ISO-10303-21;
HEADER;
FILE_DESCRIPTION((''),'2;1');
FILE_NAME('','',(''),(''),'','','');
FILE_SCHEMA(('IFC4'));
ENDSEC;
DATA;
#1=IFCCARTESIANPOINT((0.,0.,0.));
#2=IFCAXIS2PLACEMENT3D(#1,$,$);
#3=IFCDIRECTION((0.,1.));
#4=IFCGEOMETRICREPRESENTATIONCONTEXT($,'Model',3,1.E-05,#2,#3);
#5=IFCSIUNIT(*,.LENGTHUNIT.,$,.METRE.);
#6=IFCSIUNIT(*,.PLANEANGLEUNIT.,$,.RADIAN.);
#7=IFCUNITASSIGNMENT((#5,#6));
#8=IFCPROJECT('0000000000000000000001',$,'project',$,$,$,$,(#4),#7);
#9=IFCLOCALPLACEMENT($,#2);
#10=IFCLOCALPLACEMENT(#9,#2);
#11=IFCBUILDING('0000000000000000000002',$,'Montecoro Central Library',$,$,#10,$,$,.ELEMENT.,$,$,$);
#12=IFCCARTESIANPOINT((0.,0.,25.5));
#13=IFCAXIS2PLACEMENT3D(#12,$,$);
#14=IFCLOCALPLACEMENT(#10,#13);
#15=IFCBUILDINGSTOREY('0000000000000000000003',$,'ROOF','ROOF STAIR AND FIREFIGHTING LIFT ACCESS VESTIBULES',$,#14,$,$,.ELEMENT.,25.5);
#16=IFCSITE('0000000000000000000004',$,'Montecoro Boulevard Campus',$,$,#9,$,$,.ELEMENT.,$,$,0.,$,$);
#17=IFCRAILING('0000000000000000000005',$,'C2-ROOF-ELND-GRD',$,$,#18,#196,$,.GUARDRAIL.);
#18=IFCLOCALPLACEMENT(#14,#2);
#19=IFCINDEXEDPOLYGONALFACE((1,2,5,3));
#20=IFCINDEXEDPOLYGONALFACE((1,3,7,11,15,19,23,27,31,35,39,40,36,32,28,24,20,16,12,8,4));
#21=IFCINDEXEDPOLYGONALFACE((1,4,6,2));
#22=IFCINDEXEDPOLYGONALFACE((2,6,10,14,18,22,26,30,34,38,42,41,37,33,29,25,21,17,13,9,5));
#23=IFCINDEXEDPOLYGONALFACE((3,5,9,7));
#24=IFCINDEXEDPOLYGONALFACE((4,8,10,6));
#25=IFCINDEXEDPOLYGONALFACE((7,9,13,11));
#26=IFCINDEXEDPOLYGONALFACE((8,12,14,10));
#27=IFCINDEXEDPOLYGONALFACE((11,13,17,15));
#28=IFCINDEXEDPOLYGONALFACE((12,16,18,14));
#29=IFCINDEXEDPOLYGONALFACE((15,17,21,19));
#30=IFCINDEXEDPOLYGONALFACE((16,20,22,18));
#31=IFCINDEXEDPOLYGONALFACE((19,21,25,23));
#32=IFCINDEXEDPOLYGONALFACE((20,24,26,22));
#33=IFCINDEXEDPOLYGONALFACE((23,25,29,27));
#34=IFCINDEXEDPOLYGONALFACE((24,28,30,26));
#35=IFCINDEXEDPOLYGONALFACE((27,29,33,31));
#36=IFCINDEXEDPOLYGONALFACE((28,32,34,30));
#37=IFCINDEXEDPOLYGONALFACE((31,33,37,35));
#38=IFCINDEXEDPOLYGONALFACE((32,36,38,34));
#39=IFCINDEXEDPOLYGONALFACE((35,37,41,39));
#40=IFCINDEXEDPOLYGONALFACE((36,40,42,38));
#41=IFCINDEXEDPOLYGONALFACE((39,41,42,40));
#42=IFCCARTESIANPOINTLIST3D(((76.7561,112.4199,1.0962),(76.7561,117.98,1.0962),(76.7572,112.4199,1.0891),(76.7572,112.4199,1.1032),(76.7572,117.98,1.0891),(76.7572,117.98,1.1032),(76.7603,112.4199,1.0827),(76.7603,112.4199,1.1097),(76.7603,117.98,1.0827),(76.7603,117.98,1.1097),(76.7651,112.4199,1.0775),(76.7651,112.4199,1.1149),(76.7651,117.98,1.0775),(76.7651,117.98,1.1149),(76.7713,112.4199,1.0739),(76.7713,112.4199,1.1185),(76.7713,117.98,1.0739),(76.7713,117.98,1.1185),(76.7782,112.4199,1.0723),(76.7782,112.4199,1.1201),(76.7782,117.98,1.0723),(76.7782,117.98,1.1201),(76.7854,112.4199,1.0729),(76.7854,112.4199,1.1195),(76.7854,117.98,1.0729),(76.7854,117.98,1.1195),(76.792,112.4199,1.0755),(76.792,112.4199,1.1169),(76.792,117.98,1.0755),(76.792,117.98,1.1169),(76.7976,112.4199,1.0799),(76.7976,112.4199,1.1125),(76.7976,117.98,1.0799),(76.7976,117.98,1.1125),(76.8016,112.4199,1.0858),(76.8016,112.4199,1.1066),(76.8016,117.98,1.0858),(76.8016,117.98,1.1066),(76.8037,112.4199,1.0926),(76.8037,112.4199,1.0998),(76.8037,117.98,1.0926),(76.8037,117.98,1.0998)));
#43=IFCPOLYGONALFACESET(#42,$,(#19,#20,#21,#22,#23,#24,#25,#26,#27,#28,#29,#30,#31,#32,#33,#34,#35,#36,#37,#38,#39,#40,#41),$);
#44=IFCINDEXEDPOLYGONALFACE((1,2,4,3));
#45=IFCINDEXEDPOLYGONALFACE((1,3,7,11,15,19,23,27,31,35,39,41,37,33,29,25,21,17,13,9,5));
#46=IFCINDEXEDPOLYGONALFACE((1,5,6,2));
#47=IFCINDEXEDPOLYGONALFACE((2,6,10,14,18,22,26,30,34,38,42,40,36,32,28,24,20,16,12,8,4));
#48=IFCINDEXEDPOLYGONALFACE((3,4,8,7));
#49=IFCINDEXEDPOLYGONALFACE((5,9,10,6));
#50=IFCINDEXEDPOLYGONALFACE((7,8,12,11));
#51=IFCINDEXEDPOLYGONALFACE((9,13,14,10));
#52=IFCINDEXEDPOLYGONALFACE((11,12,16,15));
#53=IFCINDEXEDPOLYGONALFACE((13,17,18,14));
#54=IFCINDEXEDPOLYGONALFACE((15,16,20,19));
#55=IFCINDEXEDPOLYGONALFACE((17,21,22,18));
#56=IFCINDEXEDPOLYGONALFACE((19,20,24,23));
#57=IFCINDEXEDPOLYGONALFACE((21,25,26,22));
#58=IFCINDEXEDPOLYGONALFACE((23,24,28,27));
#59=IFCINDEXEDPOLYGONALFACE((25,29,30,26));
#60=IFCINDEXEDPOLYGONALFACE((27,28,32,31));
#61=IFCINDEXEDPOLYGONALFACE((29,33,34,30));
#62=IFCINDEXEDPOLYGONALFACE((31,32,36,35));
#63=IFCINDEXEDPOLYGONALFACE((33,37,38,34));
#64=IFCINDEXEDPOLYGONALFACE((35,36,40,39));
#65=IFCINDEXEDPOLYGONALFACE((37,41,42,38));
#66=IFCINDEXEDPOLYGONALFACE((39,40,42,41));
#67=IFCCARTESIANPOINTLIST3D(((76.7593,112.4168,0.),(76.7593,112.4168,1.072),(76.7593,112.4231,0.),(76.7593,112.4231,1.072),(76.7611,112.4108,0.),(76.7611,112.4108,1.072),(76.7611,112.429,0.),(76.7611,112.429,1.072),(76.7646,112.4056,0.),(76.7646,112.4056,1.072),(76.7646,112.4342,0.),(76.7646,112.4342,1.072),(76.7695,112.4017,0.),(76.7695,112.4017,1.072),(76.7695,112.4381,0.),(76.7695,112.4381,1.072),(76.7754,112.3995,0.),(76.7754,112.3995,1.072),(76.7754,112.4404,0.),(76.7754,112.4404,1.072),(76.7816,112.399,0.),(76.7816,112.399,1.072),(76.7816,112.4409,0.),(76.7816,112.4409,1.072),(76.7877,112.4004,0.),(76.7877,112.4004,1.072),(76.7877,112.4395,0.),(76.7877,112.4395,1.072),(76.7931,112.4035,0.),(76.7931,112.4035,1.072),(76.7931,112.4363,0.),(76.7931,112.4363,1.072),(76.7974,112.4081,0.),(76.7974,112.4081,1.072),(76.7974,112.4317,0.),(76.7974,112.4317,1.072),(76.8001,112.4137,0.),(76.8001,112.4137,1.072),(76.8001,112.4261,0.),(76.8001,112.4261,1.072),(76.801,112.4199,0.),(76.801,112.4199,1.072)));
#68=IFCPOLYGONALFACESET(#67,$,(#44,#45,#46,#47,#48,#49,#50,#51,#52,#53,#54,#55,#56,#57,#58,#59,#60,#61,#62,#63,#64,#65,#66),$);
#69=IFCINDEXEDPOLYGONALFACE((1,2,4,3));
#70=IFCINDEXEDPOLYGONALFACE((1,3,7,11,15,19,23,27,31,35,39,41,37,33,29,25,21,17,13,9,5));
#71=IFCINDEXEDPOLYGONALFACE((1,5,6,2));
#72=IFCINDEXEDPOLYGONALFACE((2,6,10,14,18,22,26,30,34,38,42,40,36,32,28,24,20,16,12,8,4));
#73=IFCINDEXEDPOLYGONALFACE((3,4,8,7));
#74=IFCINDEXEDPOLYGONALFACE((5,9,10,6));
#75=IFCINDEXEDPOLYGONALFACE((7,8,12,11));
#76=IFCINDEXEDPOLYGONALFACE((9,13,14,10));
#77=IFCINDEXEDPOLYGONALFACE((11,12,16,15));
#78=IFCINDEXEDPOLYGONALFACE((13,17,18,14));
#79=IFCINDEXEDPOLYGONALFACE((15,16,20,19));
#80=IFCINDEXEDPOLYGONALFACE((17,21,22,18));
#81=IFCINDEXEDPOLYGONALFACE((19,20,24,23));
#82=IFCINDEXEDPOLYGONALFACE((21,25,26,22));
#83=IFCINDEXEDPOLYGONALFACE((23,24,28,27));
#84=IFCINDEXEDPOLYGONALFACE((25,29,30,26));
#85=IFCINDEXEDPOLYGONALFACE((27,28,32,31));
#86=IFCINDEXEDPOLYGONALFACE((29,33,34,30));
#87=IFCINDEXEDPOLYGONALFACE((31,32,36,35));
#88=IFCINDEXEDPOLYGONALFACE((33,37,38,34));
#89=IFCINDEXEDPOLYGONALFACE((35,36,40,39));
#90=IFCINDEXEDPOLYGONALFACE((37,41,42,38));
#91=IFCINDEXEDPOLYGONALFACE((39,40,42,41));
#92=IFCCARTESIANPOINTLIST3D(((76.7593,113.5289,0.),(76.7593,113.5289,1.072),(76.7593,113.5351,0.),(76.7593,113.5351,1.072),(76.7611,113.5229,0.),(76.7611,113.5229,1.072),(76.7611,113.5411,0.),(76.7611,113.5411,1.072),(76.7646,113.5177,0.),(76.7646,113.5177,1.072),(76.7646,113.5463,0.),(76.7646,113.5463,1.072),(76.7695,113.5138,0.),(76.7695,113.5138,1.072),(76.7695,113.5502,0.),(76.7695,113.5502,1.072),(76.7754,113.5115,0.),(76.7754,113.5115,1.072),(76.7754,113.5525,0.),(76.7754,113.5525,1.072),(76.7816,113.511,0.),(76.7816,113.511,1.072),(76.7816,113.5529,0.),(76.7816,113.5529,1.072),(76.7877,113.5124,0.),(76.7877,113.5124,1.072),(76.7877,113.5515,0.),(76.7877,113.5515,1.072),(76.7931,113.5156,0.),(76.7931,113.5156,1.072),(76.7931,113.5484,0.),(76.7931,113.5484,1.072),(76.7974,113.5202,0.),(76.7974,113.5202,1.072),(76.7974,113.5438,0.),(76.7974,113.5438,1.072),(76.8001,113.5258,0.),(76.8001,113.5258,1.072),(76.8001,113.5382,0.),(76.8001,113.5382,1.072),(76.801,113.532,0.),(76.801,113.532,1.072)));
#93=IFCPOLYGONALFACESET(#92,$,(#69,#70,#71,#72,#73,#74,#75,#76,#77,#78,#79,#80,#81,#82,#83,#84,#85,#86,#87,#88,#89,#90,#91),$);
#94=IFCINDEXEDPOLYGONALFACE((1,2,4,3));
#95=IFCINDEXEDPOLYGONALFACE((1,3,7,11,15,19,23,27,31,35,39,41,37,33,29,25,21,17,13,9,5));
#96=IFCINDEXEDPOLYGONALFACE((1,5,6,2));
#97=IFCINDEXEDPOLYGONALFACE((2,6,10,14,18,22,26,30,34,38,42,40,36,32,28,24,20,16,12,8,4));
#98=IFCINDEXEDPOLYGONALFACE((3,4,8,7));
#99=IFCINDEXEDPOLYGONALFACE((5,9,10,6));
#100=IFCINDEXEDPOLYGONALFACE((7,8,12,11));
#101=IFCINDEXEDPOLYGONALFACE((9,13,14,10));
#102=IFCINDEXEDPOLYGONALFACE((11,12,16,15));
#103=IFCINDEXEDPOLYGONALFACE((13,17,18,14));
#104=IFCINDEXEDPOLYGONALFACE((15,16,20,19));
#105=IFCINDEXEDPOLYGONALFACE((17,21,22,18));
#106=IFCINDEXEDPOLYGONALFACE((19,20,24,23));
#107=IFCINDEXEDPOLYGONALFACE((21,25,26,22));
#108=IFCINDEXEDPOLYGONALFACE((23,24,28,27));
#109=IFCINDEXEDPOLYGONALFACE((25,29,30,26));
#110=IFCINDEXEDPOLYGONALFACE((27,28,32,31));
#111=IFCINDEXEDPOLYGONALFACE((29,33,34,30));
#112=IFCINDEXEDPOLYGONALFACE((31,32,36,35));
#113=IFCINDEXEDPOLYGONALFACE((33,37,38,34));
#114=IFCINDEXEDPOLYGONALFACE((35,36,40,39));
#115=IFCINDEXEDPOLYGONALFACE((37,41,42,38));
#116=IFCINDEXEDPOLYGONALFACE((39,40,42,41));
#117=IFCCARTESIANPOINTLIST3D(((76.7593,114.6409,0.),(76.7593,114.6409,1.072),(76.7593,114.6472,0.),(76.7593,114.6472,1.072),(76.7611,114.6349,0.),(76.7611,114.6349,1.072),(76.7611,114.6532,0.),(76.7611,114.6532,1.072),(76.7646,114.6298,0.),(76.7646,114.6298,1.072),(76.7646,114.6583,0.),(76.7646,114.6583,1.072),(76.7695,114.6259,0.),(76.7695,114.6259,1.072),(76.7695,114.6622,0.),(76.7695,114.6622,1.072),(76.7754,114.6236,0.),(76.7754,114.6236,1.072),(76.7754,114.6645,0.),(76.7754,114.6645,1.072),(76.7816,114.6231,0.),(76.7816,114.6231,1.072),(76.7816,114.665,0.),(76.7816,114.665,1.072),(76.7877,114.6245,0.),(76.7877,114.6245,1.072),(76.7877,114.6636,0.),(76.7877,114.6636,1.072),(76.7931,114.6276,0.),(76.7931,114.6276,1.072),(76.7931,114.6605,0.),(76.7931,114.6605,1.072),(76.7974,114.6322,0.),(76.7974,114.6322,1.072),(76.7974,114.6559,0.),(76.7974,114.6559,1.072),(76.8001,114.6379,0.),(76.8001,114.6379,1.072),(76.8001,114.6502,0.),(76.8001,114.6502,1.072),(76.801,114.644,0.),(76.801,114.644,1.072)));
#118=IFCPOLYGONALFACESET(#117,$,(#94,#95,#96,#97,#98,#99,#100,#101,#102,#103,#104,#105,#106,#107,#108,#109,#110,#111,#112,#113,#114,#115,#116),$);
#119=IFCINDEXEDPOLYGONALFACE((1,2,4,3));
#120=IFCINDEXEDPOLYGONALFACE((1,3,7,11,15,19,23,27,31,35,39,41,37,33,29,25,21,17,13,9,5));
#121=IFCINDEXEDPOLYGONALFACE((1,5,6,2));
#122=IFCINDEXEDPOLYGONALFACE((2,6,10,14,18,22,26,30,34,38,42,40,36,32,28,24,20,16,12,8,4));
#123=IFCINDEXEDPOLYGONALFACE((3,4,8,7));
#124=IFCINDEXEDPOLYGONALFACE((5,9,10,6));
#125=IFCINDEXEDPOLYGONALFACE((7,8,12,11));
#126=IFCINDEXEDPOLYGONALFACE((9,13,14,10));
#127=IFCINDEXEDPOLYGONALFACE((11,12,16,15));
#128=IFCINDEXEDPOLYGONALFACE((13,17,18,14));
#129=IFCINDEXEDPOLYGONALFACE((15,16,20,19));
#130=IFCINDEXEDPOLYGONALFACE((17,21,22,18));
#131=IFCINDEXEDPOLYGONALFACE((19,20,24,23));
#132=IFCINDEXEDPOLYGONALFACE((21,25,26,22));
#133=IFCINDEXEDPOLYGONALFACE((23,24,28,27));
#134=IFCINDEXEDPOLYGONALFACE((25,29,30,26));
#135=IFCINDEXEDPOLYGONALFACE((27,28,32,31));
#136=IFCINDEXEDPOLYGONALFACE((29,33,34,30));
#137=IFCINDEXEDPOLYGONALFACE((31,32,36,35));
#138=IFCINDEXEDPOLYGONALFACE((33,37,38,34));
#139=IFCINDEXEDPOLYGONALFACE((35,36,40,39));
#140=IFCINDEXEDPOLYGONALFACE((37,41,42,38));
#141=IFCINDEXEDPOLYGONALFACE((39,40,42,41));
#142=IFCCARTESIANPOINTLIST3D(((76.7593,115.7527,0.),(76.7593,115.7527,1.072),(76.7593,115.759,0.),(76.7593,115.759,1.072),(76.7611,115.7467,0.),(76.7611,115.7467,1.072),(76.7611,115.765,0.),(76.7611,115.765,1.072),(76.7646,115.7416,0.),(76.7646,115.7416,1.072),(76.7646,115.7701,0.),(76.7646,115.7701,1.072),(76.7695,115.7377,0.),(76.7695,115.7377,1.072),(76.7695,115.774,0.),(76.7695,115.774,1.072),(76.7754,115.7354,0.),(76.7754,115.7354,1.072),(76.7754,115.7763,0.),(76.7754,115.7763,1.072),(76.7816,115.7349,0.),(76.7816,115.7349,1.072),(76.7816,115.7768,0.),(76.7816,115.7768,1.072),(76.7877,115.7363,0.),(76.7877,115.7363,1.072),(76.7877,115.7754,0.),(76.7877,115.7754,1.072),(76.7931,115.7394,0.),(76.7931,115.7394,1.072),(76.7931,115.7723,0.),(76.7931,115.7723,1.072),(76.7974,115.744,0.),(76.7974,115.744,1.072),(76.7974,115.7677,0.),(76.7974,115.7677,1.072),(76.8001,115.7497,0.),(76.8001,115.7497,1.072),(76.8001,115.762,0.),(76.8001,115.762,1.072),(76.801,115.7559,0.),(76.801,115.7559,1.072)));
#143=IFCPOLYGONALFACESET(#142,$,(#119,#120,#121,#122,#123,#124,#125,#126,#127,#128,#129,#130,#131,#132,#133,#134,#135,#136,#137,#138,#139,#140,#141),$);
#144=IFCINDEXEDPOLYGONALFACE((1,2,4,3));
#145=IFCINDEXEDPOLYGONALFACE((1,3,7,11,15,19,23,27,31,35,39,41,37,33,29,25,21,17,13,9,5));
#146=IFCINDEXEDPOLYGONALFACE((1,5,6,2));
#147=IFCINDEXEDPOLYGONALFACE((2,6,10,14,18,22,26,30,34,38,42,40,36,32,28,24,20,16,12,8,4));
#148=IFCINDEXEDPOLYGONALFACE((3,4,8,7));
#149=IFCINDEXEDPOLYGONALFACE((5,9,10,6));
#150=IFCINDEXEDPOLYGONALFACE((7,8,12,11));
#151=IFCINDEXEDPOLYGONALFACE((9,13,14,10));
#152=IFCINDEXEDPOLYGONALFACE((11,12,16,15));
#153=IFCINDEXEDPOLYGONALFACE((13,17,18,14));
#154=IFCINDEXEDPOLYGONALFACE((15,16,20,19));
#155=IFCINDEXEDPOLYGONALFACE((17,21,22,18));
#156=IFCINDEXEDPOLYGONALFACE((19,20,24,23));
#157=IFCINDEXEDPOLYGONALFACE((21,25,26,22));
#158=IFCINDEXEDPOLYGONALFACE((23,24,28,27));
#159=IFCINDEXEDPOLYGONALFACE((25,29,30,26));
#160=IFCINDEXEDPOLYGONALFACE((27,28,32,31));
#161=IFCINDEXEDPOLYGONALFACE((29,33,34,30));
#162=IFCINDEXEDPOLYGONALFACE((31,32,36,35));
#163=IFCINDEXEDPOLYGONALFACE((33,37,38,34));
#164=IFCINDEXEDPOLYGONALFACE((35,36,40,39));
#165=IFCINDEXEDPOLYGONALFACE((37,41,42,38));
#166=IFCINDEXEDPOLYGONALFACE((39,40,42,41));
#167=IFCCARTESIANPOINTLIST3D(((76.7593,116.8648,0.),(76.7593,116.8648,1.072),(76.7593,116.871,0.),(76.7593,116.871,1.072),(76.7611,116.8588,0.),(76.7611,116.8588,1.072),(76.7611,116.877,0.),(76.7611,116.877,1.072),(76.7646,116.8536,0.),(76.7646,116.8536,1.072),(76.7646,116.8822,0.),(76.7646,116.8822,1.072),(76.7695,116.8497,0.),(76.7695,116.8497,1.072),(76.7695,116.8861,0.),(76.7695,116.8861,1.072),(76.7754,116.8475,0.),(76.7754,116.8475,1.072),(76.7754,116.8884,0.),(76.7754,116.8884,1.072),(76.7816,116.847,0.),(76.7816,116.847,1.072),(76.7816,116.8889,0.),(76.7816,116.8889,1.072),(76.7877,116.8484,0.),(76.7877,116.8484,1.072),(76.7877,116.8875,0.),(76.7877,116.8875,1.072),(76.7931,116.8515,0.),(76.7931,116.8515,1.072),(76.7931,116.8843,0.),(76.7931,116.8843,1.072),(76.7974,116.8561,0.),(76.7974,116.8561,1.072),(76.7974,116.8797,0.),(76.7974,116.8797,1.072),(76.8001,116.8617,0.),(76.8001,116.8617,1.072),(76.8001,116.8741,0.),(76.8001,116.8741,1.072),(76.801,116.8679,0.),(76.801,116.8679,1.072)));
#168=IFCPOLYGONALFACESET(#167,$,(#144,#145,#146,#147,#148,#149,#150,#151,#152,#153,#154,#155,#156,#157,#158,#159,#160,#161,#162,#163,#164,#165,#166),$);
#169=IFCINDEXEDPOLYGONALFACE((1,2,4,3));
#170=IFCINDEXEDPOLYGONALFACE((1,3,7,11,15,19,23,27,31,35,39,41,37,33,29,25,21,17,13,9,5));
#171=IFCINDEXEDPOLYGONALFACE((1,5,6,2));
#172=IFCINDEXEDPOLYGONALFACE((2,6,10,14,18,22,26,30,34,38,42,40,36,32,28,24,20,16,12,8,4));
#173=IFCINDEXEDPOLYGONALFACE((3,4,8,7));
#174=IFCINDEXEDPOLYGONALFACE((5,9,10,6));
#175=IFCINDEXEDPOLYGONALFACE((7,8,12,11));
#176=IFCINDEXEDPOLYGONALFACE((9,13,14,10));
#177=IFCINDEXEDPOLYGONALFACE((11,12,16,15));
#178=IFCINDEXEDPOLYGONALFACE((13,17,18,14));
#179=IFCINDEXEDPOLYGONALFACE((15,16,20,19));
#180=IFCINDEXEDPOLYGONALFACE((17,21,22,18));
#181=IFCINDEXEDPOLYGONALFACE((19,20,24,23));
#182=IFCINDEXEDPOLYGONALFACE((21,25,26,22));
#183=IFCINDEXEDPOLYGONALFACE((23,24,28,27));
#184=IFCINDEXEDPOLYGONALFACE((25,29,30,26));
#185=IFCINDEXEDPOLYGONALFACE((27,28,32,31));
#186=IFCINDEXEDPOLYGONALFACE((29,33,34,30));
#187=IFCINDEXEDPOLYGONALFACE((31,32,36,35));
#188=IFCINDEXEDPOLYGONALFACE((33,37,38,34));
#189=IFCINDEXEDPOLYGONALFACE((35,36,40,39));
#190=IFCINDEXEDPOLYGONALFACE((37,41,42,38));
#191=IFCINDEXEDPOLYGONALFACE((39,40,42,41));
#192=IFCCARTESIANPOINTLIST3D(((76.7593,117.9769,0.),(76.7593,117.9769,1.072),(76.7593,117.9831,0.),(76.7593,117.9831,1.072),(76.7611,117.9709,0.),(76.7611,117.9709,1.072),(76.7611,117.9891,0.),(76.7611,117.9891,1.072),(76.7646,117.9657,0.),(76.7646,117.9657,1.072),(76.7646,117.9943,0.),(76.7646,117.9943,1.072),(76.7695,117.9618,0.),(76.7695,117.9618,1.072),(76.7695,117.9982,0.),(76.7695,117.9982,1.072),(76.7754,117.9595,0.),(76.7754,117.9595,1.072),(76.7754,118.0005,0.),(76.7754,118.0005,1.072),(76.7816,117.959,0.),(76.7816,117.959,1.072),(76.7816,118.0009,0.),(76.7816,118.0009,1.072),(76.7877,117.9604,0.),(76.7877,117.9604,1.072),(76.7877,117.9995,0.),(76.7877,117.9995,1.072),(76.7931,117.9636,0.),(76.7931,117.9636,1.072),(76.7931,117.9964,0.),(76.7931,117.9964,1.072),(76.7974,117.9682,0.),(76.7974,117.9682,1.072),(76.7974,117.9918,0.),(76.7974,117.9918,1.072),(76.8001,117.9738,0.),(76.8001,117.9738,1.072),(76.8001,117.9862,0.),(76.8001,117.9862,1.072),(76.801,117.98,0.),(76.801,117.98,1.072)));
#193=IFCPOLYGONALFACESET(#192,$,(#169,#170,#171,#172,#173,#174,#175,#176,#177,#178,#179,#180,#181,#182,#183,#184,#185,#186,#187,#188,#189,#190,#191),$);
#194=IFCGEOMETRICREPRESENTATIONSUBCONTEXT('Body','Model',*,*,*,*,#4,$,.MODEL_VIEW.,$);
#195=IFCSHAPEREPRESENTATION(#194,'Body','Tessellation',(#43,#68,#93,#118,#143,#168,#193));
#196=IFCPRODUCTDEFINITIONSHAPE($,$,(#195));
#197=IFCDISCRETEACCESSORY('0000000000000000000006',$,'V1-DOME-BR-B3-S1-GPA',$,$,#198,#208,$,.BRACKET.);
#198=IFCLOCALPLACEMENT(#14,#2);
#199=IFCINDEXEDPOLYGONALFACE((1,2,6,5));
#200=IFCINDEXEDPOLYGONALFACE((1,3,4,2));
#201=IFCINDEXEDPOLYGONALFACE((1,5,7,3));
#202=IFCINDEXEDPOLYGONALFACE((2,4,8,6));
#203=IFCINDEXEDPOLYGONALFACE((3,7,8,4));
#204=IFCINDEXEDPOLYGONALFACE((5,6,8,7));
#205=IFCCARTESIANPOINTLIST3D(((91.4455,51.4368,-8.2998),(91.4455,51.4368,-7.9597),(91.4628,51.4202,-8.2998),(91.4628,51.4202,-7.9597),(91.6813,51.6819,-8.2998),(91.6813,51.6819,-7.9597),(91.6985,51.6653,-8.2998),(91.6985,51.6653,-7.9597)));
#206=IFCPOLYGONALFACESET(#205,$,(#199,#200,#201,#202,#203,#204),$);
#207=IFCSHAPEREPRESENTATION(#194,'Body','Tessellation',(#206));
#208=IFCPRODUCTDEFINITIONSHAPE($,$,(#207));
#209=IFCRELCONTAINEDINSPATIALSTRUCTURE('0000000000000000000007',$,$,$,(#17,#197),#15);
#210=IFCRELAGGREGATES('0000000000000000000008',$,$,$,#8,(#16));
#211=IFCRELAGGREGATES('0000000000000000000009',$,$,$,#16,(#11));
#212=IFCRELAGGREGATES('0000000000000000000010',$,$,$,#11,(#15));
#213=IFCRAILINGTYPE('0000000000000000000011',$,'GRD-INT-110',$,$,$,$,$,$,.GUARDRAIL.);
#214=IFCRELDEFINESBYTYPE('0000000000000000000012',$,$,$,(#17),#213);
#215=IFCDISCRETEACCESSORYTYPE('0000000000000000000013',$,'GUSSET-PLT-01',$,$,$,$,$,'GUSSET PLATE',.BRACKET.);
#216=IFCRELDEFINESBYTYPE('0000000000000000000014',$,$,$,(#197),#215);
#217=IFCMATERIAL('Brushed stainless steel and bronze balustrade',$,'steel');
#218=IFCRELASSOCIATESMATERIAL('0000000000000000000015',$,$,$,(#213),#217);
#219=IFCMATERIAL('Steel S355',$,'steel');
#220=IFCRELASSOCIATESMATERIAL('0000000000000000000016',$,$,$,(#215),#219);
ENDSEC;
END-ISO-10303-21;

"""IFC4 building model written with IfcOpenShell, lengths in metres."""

from ifc_helpers import new_model, si_unit, direction, frame, origin, origin_2d, place, context, subcontext, project, spatial, rectangle, circle, extrude, material, type_object, element, save


model = new_model("IFC4")

# Units and contexts
model_context = context("Model", 3, precision=1e-05, world=origin(), true_north=direction((0.0, 1.0)))
body_context = subcontext(model_context, "Body", "Model", "MODEL_VIEW")
ifc_project = project(units=[si_unit("LENGTHUNIT", "METRE"), si_unit("PLANEANGLEUNIT", "RADIAN")], contexts=[model_context])

# Site, building, storey
site_placement = place(None, origin())
site = spatial("IfcSite", under=ifc_project, at=site_placement, Name="Montecoro Boulevard Campus", CompositionType="ELEMENT", RefElevation=0.0)
building_placement = place(site_placement, origin())
building = spatial("IfcBuilding", under=site, at=building_placement, Name="Montecoro Central Library", CompositionType="ELEMENT")
storey_placement = place(building_placement, frame((0.0, 0.0, 25.5)))
storey = spatial("IfcBuildingStorey", under=building, at=storey_placement, Name="ROOF", Description="ROOF STAIR AND FIREFIGHTING LIFT ACCESS VESTIBULES", CompositionType="ELEMENT", Elevation=25.5)

# Shared definitions
ifc_material_1 = material(Name="Steel S355", Category="steel")

# Railing
ifc_material_2 = material(Name="Brushed stainless steel and bronze balustrade", Category="steel")
railing_type = type_object("IfcRailingType", Name="GRD-INT-110", PredefinedType="GUARDRAIL", material=ifc_material_2)
railing_placement = place(storey_placement, frame((76.78, 112.4199, 0.0)))
element("IfcRailing", 1, at=railing_placement, inside=storey, type_object=railing_type, Name="C2-ROOF-ELND-GRD", PredefinedType="GUARDRAIL", context=body_context, shape_type="SweptSolid", body=[
    extrude(circle(Radius=0.0239, at=origin_2d()), frame((0.0, 0.0, 1.0962), z_axis=(0.0, 1.0, 0.0), x_axis=(-1.0, 0.0, 0.0)), (0.0, 0.0, 1.0), 5.5601),
    extrude(circle(Radius=0.021, at=origin_2d()), origin(), (0.0, 0.0, 1.0), 1.072),
    extrude(circle(Radius=0.021, at=origin_2d()), frame((0.0, 1.1121, 0.0)), (0.0, 0.0, 1.0), 1.072),
    extrude(circle(Radius=0.021, at=origin_2d()), frame((0.0, 2.2241, 0.0)), (0.0, 0.0, 1.0), 1.072),
    extrude(circle(Radius=0.021, at=origin_2d()), frame((0.0, 3.3359, 0.0)), (0.0, 0.0, 1.0), 1.072),
    extrude(circle(Radius=0.021, at=origin_2d()), frame((0.0, 4.448, 0.0)), (0.0, 0.0, 1.0), 1.072),
    extrude(circle(Radius=0.021, at=origin_2d()), frame((0.0, 5.5601, 0.0)), (0.0, 0.0, 1.0), 1.072),
])

# Discrete accessory
discrete_accessory_type = type_object("IfcDiscreteAccessoryType", Name="GUSSET-PLT-01", ElementType="GUSSET PLATE", PredefinedType="BRACKET", material=ifc_material_1)
discrete_accessory_placement = place(storey_placement, frame((91.572, 51.551, -8.2998), z_axis=(0.0, 0.0, 1.0), x_axis=(-0.69315, -0.720793, 0.0)))
element("IfcDiscreteAccessory", 2, at=discrete_accessory_placement, inside=storey, type_object=discrete_accessory_type, Name="V1-DOME-BR-B3-S1-GPA", PredefinedType="BRACKET", context=body_context, shape_type="SweptSolid", body=[
    extrude(rectangle(XDim=0.3401, YDim=0.0239, at=origin_2d()), origin(), (0.0, 0.0, 1.0), 0.3401),
])

save(model, "model.ifc")
